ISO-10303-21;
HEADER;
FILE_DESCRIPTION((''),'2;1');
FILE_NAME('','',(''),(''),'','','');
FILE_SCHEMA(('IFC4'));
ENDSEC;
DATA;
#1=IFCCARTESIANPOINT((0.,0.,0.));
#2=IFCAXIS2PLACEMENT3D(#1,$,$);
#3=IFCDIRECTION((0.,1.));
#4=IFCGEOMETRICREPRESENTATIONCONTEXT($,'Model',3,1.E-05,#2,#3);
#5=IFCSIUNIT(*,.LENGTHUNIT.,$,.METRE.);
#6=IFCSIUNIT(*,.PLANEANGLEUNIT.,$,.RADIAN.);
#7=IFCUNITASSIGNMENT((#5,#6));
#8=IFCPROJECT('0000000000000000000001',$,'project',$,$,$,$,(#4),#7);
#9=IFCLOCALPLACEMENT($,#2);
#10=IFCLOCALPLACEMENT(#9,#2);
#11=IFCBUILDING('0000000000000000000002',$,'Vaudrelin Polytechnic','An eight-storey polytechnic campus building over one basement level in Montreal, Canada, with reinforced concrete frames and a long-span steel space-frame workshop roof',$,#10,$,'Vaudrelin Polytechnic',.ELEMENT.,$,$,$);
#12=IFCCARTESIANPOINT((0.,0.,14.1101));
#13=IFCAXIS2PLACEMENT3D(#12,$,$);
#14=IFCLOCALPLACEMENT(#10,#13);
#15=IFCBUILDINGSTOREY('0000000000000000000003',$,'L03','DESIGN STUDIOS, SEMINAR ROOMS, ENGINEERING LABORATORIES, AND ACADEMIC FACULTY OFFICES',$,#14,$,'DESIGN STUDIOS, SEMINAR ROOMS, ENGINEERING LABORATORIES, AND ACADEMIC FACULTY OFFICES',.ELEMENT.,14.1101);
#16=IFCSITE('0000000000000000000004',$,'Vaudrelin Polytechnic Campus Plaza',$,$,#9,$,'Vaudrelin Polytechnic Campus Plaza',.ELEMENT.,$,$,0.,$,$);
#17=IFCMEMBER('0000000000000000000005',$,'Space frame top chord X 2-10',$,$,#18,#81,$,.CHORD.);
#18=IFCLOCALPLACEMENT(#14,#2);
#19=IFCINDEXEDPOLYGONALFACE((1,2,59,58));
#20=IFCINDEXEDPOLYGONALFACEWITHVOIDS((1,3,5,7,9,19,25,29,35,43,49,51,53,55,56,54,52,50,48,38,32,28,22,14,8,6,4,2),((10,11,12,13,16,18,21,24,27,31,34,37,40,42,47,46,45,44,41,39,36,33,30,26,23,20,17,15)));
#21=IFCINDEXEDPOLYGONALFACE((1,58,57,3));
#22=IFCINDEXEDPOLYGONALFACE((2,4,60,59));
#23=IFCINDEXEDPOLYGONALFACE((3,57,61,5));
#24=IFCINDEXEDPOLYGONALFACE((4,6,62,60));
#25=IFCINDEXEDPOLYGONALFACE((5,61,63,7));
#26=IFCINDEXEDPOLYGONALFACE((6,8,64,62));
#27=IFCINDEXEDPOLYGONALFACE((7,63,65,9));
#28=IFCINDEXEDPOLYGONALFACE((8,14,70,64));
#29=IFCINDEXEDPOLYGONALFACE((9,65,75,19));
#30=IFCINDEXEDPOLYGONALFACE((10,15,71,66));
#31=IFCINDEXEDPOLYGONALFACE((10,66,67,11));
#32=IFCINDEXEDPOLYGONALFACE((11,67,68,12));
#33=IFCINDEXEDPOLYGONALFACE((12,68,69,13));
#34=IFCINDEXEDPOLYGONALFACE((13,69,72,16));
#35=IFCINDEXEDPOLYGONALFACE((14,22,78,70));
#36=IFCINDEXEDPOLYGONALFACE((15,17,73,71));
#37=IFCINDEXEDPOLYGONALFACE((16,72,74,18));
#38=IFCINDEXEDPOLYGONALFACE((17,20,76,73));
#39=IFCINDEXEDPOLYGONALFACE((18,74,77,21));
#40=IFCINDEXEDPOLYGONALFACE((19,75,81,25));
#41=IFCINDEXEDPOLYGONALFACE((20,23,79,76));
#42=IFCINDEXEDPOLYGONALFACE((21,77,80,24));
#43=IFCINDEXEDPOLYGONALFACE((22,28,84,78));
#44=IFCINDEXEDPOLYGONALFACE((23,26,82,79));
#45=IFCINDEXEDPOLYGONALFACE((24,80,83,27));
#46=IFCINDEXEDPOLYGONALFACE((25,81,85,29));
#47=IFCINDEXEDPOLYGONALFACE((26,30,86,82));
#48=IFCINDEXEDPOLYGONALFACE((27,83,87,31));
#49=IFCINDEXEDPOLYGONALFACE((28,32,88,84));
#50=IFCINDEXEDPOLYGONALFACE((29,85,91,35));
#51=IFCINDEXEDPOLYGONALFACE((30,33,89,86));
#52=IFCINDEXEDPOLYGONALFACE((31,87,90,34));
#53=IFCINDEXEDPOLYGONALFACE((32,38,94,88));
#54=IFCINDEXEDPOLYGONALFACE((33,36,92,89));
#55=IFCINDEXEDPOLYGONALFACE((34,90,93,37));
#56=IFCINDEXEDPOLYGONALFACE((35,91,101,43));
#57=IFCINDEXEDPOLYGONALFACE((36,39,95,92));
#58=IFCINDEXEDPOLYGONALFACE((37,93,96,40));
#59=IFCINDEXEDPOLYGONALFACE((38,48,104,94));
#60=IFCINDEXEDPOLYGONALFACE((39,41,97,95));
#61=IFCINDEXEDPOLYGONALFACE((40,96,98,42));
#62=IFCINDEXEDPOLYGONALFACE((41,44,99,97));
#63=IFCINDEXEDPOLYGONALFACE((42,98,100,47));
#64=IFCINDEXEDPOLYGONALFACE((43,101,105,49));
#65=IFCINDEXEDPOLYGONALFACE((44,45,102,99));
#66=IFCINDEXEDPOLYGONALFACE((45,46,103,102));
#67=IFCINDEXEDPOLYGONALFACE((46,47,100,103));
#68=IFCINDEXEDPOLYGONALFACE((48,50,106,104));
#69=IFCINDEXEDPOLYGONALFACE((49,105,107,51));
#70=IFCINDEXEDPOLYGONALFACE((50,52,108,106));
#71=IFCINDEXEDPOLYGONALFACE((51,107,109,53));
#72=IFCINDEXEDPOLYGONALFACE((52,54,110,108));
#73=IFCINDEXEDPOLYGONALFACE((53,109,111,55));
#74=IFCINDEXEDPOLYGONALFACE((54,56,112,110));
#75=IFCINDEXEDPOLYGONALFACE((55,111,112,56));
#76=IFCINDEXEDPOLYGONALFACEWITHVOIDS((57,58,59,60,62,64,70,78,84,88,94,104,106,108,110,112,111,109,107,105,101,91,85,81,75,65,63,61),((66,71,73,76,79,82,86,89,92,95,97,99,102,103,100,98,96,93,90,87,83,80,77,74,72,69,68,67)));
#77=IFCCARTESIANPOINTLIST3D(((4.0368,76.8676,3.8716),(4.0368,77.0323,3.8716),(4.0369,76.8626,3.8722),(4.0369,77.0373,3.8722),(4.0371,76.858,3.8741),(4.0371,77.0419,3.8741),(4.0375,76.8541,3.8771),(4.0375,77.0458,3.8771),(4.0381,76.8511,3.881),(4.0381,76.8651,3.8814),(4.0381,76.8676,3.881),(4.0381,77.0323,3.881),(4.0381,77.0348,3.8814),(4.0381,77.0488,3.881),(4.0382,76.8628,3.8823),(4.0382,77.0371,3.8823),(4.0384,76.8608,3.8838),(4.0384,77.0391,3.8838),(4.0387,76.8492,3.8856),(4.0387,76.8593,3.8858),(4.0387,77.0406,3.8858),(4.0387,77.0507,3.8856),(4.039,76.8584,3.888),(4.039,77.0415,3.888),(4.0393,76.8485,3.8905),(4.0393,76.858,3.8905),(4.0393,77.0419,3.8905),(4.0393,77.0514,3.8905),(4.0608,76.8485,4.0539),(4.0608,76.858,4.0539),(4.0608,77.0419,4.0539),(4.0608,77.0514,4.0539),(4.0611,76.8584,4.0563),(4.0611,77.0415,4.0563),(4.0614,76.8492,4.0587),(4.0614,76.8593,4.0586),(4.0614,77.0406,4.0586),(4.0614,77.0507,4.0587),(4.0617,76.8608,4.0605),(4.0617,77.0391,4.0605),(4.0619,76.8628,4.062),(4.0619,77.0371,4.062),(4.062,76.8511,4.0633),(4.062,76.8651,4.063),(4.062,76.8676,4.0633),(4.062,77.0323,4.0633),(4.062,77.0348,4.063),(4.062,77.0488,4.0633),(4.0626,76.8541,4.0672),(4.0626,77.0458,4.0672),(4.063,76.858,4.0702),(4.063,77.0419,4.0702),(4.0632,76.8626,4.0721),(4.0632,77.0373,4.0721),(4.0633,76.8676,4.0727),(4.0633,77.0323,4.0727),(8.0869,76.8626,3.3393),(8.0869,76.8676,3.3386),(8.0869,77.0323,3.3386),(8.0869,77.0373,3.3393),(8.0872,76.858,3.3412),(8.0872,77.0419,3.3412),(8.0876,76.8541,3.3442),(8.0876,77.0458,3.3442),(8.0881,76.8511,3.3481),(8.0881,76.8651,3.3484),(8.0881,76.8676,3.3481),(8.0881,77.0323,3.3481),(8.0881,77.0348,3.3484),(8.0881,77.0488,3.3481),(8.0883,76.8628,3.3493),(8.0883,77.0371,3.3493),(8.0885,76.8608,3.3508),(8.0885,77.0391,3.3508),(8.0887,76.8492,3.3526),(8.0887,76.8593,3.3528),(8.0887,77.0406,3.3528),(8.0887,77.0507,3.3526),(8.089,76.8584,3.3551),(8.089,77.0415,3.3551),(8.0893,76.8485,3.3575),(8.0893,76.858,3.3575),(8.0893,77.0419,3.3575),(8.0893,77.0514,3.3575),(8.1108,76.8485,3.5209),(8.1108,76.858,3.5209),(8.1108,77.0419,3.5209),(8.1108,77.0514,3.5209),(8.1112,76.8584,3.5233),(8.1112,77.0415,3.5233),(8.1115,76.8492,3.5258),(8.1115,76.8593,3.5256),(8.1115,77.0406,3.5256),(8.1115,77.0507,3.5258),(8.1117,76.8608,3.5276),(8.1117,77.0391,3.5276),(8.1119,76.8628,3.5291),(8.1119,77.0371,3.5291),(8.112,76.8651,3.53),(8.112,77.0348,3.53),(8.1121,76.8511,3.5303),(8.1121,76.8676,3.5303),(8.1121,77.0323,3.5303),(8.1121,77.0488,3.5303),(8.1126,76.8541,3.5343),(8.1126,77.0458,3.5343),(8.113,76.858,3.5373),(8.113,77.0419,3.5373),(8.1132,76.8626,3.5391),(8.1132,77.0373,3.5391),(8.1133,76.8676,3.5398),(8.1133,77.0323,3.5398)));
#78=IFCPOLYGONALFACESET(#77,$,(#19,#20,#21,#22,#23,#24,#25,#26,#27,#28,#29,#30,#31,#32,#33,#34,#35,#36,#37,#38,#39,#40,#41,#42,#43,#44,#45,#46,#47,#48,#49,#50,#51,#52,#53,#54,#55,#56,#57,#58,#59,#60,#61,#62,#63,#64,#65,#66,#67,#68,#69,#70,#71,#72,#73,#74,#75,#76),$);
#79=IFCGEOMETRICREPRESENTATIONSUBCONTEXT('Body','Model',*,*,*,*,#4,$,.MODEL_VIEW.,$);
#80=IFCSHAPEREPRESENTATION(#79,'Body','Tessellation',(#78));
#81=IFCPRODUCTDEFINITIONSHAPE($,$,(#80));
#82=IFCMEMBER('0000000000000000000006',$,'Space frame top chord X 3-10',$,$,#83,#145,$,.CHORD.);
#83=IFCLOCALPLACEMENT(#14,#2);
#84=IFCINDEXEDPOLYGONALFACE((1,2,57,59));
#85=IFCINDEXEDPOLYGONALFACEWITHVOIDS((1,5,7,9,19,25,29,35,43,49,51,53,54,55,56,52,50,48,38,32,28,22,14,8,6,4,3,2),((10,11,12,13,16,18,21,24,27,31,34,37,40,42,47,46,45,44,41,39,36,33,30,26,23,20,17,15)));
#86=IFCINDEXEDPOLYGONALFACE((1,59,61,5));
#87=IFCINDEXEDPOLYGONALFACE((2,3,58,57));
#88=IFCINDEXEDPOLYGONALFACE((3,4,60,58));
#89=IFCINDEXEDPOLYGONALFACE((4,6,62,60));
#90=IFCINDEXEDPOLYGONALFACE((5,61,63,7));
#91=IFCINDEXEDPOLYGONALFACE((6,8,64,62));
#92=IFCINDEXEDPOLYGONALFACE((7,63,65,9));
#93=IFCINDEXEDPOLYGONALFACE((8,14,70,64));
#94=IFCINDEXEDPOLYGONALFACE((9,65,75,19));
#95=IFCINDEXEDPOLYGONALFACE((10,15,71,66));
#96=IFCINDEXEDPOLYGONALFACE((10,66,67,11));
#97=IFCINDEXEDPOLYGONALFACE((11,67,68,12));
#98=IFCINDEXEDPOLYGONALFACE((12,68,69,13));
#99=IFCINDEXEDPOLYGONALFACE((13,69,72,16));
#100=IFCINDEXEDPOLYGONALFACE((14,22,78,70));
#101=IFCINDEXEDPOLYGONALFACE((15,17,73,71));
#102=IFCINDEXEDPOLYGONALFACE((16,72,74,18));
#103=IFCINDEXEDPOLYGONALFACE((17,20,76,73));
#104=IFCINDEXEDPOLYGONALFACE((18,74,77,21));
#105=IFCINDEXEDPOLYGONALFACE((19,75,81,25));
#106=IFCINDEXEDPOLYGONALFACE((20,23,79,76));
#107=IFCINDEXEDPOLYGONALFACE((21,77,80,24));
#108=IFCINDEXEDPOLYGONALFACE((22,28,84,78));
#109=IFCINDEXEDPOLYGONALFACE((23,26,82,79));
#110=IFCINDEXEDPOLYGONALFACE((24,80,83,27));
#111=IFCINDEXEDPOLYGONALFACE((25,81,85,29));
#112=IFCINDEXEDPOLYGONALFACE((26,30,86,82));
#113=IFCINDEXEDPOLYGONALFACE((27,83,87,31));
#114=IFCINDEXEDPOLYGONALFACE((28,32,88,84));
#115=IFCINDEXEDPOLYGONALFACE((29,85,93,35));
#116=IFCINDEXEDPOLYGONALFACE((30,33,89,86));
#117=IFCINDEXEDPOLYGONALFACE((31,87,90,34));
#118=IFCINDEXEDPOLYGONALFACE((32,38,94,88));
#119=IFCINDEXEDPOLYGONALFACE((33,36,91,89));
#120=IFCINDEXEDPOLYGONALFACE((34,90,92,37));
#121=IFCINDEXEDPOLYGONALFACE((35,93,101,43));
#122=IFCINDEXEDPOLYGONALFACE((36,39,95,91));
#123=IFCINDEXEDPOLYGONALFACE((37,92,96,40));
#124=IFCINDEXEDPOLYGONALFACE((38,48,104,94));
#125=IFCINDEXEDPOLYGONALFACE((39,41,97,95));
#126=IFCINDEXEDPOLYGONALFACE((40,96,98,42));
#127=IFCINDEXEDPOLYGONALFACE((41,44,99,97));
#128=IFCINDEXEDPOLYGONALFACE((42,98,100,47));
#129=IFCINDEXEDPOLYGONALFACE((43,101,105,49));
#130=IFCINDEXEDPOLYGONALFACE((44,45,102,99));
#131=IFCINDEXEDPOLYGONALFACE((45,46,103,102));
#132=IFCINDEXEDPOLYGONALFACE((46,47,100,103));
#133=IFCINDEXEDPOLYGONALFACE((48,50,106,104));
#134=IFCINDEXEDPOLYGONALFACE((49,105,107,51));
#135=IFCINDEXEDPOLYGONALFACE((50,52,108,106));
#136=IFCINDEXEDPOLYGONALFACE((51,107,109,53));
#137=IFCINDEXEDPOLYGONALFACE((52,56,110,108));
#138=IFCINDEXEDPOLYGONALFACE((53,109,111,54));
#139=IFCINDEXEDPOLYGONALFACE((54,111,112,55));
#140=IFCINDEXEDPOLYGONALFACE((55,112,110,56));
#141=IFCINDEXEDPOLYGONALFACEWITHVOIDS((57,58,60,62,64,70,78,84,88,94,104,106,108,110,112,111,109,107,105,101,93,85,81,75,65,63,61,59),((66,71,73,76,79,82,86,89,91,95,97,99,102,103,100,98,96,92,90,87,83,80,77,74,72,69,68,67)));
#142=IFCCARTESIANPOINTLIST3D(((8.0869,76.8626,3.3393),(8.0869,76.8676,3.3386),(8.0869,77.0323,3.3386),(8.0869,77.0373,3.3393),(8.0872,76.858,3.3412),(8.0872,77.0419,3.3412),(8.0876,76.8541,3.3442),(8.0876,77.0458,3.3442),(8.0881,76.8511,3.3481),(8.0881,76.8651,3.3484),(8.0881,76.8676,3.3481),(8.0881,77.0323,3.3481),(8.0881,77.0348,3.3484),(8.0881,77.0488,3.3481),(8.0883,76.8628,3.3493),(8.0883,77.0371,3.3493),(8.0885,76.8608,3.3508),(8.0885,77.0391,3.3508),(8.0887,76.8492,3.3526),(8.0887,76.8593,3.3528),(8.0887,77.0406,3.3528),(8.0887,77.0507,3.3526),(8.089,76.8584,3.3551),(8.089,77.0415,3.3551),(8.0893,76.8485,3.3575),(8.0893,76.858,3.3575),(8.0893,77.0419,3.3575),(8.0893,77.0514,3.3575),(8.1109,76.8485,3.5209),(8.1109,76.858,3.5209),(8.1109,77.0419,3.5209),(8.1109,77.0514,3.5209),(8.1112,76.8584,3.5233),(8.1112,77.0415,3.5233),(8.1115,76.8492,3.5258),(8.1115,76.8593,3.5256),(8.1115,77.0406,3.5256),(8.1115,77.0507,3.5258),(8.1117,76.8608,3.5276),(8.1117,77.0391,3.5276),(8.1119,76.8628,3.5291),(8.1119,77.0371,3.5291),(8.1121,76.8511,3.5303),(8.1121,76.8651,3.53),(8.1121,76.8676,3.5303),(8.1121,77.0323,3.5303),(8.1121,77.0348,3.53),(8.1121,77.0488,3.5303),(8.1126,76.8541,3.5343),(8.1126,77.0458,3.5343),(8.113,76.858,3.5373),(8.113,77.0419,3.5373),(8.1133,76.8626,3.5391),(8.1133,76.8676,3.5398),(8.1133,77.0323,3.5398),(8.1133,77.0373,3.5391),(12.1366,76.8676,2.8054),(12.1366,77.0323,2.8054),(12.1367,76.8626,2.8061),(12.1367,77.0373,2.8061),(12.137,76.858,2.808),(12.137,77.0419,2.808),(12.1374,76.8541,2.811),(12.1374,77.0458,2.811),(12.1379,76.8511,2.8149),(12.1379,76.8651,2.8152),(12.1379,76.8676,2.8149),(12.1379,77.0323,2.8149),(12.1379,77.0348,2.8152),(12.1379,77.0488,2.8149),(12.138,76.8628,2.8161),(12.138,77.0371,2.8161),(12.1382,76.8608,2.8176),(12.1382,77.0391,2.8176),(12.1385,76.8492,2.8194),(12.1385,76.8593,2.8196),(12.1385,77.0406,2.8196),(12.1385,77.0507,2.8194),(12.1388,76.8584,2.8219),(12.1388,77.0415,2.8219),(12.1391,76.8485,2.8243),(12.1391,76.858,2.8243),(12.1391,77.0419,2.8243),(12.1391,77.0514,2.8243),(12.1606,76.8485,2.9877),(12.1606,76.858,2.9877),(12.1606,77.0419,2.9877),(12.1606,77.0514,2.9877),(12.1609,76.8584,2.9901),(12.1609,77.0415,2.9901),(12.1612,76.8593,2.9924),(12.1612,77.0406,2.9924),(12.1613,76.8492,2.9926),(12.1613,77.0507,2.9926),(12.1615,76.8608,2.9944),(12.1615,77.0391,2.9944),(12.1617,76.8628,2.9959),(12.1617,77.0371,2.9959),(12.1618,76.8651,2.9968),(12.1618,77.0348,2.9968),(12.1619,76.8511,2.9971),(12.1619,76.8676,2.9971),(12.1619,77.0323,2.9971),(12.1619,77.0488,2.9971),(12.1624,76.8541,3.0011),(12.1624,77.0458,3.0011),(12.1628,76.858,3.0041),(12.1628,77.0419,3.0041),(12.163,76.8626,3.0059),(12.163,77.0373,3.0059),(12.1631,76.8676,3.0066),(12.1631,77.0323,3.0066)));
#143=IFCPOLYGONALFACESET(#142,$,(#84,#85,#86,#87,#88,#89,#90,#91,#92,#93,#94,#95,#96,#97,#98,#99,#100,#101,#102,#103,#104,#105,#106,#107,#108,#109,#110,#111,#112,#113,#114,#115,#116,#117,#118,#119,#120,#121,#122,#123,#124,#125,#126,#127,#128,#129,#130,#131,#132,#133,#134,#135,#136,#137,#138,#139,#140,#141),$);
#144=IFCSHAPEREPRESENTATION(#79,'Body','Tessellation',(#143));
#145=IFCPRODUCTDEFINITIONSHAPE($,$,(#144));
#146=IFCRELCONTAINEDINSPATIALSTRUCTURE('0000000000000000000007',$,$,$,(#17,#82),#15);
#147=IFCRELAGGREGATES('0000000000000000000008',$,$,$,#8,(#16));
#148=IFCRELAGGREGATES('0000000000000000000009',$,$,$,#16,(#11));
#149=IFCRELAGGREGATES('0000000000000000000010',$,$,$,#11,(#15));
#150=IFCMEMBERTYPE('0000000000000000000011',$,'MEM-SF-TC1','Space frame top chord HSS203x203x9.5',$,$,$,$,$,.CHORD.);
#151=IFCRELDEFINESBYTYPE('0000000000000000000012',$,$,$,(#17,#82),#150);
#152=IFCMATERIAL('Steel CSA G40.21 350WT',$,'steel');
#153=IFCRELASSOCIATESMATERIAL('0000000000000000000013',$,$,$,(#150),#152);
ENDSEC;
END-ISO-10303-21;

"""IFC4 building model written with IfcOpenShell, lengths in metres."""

from ifc_helpers import new_model, si_unit, direction, frame, origin, origin_2d, place, context, subcontext, project, spatial, hollow_rectangle, extrude, material, material_profile, profile_set, type_object, element, save


model = new_model("IFC4")

# Units and contexts
model_context = context("Model", 3, precision=1e-05, world=origin(), true_north=direction((0.0, 1.0)))
body_context = subcontext(model_context, "Body", "Model", "MODEL_VIEW")
ifc_project = project(units=[si_unit("LENGTHUNIT", "METRE"), si_unit("PLANEANGLEUNIT", "RADIAN")], contexts=[model_context])

# Site, building, storey
site_placement = place(None, origin())
site = spatial("IfcSite", under=ifc_project, at=site_placement, Name="Vaudrelin Polytechnic Campus Plaza", LongName="Vaudrelin Polytechnic Campus Plaza", CompositionType="ELEMENT", RefElevation=0.0)
building_placement = place(site_placement, origin())
building = spatial("IfcBuilding", under=site, at=building_placement, Name="Vaudrelin Polytechnic", Description="An eight-storey polytechnic campus building over one basement level in Montreal, Canada, with reinforced concrete frames and a long-span steel space-frame workshop roof", LongName="Vaudrelin Polytechnic", CompositionType="ELEMENT")
storey_placement = place(building_placement, frame((0.0, 0.0, 14.1101)))
storey = spatial("IfcBuildingStorey", under=building, at=storey_placement, Name="L03", Description="DESIGN STUDIOS, SEMINAR ROOMS, ENGINEERING LABORATORIES, AND ACADEMIC FACULTY OFFICES", LongName="DESIGN STUDIOS, SEMINAR ROOMS, ENGINEERING LABORATORIES, AND ACADEMIC FACULTY OFFICES", CompositionType="ELEMENT", Elevation=14.1101)

# Members
ifc_material_1 = material(Name="Steel CSA G40.21 350WT", Category="steel")
ifc_material_profile_1 = material_profile(ifc_material_1, hollow_rectangle(XDim=0.2029, YDim=0.2029, WallThickness=0.0095, InnerFilletRadius=0.0095, OuterFilletRadius=0.019, at=origin_2d()), Name="HSS203x203x9.5")
ifc_profile_set_1 = profile_set([ifc_material_profile_1], Name="Steel CSA G40.21 350WT")
member_type_1 = type_object("IfcMemberType", Name="MEM-SF-TC1", Description="Space frame top chord HSS203x203x9.5", PredefinedType="CHORD", material=ifc_profile_set_1)
for number, where, z_axis, x_axis, name in (
    (1, (4.05, 76.95, 3.9722), (0.991452, 0.0, -0.130468), (0.0, 1.0, 0.0), "Space frame top chord X 2-10"),
):
    element("IfcMember", number, at=place(storey_placement, frame(where, z_axis=z_axis, x_axis=x_axis)), inside=storey, type_object=member_type_1, Name=name, PredefinedType="CHORD", context=body_context, shape_type="SweptSolid", body=[
        extrude(hollow_rectangle(XDim=0.2029, YDim=0.2029, WallThickness=0.0095, InnerFilletRadius=0.0095, OuterFilletRadius=0.019, at=origin_2d()), origin(), (0.0, 0.0, 1.0), 4.085),
    ])
member_1_placement = place(storey_placement, frame((8.1001, 76.95, 3.4392), z_axis=(0.991444, 0.0, -0.130535), x_axis=(0.0, 1.0, 0.0)))
element("IfcMember", 2, at=member_1_placement, inside=storey, type_object=member_type_1, Name="Space frame top chord X 3-10", PredefinedType="CHORD", context=body_context, shape_type="SweptSolid", body=[
    extrude(hollow_rectangle(XDim=0.2029, YDim=0.2029, WallThickness=0.0095, InnerFilletRadius=0.0095, OuterFilletRadius=0.019, at=origin_2d()), origin(), (0.0, 0.0, 1.0), 4.0847),
])

save(model, "model.ifc")
